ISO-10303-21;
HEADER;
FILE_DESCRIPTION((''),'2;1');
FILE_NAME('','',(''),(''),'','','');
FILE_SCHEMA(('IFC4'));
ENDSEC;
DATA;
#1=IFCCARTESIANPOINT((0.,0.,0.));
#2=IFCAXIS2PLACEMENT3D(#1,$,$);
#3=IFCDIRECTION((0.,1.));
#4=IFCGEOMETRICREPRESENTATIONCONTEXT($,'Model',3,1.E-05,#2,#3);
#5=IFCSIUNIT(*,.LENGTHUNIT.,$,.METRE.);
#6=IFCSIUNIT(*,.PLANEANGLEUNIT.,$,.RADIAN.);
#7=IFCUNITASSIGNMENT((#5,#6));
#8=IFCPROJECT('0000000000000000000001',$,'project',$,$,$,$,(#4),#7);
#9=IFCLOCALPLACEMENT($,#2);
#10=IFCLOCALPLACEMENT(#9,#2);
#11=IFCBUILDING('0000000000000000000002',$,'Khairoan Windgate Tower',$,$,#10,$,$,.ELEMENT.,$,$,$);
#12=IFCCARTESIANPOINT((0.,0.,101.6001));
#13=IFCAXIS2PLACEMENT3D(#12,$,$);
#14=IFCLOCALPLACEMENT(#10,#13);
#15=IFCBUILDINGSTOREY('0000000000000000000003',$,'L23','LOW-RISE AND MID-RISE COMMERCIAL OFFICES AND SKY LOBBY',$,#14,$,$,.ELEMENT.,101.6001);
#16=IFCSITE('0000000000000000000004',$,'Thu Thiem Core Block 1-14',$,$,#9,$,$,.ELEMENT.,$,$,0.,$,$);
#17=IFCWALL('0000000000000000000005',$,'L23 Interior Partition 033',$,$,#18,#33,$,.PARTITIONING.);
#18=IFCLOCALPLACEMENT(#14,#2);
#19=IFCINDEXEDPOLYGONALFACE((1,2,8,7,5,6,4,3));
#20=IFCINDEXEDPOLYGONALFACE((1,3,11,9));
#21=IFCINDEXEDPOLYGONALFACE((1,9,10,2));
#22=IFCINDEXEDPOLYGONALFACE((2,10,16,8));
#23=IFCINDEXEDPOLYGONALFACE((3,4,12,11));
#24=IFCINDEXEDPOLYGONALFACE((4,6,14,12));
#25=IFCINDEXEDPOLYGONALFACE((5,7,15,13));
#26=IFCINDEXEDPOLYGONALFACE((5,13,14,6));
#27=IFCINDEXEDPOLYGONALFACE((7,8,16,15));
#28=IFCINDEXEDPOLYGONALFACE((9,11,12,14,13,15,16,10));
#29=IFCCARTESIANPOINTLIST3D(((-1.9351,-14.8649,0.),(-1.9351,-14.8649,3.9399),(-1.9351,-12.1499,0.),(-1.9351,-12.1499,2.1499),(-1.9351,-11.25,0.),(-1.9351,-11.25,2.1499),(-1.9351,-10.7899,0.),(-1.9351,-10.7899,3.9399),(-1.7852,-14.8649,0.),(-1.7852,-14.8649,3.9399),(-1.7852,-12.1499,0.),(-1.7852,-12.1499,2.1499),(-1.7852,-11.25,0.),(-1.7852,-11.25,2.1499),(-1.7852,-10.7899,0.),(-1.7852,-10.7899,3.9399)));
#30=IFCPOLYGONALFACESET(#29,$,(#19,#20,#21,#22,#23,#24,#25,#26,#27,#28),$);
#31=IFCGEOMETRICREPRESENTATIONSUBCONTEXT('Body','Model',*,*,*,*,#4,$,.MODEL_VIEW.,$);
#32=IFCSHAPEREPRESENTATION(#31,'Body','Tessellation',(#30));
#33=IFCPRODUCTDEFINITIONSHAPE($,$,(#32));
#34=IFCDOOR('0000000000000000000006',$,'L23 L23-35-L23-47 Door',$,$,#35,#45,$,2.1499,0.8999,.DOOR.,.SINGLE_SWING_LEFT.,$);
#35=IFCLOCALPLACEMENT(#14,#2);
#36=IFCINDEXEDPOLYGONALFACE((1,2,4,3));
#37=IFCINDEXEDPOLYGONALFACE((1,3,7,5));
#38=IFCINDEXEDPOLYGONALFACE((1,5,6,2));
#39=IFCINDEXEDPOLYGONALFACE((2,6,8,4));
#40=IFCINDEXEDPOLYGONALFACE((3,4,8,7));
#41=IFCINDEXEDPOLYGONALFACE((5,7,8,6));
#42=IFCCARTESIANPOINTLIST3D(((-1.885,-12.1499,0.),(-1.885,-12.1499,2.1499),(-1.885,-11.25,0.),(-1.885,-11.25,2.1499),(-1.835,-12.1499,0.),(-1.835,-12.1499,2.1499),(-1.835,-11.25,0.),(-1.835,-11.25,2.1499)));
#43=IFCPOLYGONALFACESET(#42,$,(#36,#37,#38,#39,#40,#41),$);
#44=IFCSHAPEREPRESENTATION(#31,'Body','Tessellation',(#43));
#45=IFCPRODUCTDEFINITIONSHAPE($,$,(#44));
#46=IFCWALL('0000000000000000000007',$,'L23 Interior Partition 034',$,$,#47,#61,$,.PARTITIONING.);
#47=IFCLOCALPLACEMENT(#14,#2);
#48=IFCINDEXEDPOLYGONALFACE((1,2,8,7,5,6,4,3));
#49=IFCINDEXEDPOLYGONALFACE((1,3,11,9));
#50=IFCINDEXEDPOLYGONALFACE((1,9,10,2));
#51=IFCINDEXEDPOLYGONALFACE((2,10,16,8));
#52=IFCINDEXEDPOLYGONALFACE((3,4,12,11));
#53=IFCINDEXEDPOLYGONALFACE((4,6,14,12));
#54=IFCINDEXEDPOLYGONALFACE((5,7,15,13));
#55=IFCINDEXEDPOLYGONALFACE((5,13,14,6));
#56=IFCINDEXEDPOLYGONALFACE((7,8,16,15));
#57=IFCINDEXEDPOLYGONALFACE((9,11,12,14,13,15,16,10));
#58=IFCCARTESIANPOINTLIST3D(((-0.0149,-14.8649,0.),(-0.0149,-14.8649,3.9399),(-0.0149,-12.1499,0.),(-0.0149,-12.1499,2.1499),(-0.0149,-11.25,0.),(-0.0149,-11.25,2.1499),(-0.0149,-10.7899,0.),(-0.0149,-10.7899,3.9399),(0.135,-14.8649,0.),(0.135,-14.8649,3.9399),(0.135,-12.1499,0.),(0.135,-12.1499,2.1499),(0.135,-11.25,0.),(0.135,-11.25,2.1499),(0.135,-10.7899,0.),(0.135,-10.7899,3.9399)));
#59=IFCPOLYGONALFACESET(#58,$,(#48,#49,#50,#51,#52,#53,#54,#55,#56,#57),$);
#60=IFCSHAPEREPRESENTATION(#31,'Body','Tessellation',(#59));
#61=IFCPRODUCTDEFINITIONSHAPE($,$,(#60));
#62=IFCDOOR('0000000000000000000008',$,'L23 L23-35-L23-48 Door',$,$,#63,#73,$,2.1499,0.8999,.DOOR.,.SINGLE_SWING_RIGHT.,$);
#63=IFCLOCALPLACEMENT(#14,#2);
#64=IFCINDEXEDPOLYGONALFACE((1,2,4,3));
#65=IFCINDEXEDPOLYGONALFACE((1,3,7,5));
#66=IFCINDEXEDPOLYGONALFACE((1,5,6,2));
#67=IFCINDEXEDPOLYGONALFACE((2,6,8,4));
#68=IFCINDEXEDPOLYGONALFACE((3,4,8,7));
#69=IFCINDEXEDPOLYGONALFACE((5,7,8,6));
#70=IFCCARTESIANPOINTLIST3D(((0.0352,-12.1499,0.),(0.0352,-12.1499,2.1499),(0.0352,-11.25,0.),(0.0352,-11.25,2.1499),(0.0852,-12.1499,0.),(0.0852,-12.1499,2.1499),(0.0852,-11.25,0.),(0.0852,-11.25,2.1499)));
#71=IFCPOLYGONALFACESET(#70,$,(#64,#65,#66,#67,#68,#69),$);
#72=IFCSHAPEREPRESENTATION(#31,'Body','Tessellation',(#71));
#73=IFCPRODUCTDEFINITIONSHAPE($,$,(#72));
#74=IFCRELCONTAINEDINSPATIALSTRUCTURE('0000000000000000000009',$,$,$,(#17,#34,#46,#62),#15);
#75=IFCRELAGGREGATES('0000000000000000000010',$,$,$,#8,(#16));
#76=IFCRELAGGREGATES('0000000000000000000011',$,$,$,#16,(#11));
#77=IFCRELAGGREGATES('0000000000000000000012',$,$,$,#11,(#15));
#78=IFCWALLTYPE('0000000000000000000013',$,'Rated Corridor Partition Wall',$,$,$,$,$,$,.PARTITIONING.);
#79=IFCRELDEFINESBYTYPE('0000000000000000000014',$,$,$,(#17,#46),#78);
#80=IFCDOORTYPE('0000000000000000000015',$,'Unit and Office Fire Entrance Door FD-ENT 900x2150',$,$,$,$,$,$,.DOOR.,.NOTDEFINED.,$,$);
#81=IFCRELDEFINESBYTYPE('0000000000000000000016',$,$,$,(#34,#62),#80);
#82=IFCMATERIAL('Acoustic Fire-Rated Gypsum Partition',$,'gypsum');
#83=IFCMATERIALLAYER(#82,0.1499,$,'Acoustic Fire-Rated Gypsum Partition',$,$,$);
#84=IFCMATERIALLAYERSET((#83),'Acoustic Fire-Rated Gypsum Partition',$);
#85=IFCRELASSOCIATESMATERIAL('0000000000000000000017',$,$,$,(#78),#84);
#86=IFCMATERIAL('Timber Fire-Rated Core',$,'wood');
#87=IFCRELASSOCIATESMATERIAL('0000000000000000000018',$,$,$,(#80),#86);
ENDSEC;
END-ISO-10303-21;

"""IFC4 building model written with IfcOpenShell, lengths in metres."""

from ifc_helpers import new_model, si_unit, direction, frame, frame_2d, origin, place, context, subcontext, project, spatial, rectangle, extrude, material, layer, layer_set, type_object, element, fill, save


model = new_model("IFC4")

# Units and contexts
model_context = context("Model", 3, precision=1e-05, world=origin(), true_north=direction((0.0, 1.0)))
body_context = subcontext(model_context, "Body", "Model", "MODEL_VIEW")
ifc_project = project(units=[si_unit("LENGTHUNIT", "METRE"), si_unit("PLANEANGLEUNIT", "RADIAN")], contexts=[model_context])

# Site, building, storey
site_placement = place(None, origin())
site = spatial("IfcSite", under=ifc_project, at=site_placement, Name="Thu Thiem Core Block 1-14", CompositionType="ELEMENT", RefElevation=0.0)
building_placement = place(site_placement, origin())
building = spatial("IfcBuilding", under=site, at=building_placement, Name="Khairoan Windgate Tower", CompositionType="ELEMENT")
storey_placement = place(building_placement, frame((0.0, 0.0, 101.6001)))
storey = spatial("IfcBuildingStorey", under=building, at=storey_placement, Name="L23", Description="LOW-RISE AND MID-RISE COMMERCIAL OFFICES AND SKY LOBBY", CompositionType="ELEMENT", Elevation=101.6001)

# Walls, openings, doors
ifc_material_1 = material(Name="Acoustic Fire-Rated Gypsum Partition", Category="gypsum")
ifc_layer_1 = layer(ifc_material_1, 0.1499, Name="Acoustic Fire-Rated Gypsum Partition")
ifc_layer_set_1 = layer_set([ifc_layer_1], Name="Acoustic Fire-Rated Gypsum Partition")
wall_type_1 = type_object("IfcWallType", Name="Rated Corridor Partition Wall", PredefinedType="PARTITIONING", material=ifc_layer_set_1)
ifc_material_2 = material(Name="Timber Fire-Rated Core", Category="wood")
door_type = type_object("IfcDoorType", Name="Unit and Office Fire Entrance Door FD-ENT 900x2150", OperationType="NOTDEFINED", PredefinedType="DOOR", material=ifc_material_2)
wall_1_placement = place(storey_placement, frame((-1.8601, -14.865, 0.0), z_axis=(0.0, 0.0, 1.0), x_axis=(0.0, 1.0, 0.0)))
wall_1 = element("IfcWall", 1, at=wall_1_placement, inside=storey, type_object=wall_type_1, Name="L23 Interior Partition 033", PredefinedType="PARTITIONING", context=body_context, shape_type="SweptSolid", body=[
    extrude(rectangle(XDim=4.075, YDim=0.1499, at=frame_2d((2.0376, 0.0))), origin(), (0.0, 0.0, 1.0), 3.9399),
])
opening_1_placement = place(wall_1_placement, frame((2.7151, 0.0, 0.0)))
opening_1 = element("IfcOpeningElement", 2, at=opening_1_placement, cuts=wall_1, PredefinedType="OPENING", context=body_context, shape_type="SweptSolid", body=[
    extrude(rectangle(XDim=0.8999, YDim=2.1499, at=frame_2d((0.45, 1.075))), frame((0.0, 0.085, 0.0), z_axis=(0.0, -1.0, 0.0), x_axis=(1.0, 0.0, 0.0)), (0.0, 0.0, 1.0), 0.1699),
])
door_1_placement = place(opening_1_placement, origin())
door_1 = element("IfcDoor", 3, at=door_1_placement, inside=storey, type_object=door_type, Name="L23 L23-35-L23-47 Door", OperationType="SINGLE_SWING_LEFT", OverallHeight=2.1499, OverallWidth=0.8999, PredefinedType="DOOR", context=body_context, shape_type="SweptSolid", body=[
    extrude(rectangle(XDim=0.8999, YDim=2.1499, at=frame_2d((0.45, 1.075))), frame((0.0, 0.0249, 0.0), z_axis=(0.0, -1.0, 0.0), x_axis=(1.0, 0.0, 0.0)), (0.0, 0.0, 1.0), 0.05),
])
fill(opening_1, door_1)
wall_2_placement = place(storey_placement, frame((0.0601, -14.865, 0.0), z_axis=(0.0, 0.0, 1.0), x_axis=(0.0, 1.0, 0.0)))
wall_2 = element("IfcWall", 4, at=wall_2_placement, inside=storey, type_object=wall_type_1, Name="L23 Interior Partition 034", PredefinedType="PARTITIONING", context=body_context, shape_type="SweptSolid", body=[
    extrude(rectangle(XDim=4.075, YDim=0.1499, at=frame_2d((2.0376, 0.0))), origin(), (0.0, 0.0, 1.0), 3.9399),
])
opening_2_placement = place(wall_2_placement, frame((2.7151, 0.0, 0.0)))
opening_2 = element("IfcOpeningElement", 5, at=opening_2_placement, cuts=wall_2, PredefinedType="OPENING", context=body_context, shape_type="SweptSolid", body=[
    extrude(rectangle(XDim=0.8999, YDim=2.1499, at=frame_2d((0.45, 1.075))), frame((0.0, 0.085, 0.0), z_axis=(0.0, -1.0, 0.0), x_axis=(1.0, 0.0, 0.0)), (0.0, 0.0, 1.0), 0.1699),
])
door_2_placement = place(opening_2_placement, origin())
door_2 = element("IfcDoor", 6, at=door_2_placement, inside=storey, type_object=door_type, Name="L23 L23-35-L23-48 Door", OperationType="SINGLE_SWING_RIGHT", OverallHeight=2.1499, OverallWidth=0.8999, PredefinedType="DOOR", context=body_context, shape_type="SweptSolid", body=[
    extrude(rectangle(XDim=0.8999, YDim=2.1499, at=frame_2d((0.45, 1.075))), frame((0.0, 0.0249, 0.0), z_axis=(0.0, -1.0, 0.0), x_axis=(1.0, 0.0, 0.0)), (0.0, 0.0, 1.0), 0.05),
])
fill(opening_2, door_2)

save(model, "model.ifc")
